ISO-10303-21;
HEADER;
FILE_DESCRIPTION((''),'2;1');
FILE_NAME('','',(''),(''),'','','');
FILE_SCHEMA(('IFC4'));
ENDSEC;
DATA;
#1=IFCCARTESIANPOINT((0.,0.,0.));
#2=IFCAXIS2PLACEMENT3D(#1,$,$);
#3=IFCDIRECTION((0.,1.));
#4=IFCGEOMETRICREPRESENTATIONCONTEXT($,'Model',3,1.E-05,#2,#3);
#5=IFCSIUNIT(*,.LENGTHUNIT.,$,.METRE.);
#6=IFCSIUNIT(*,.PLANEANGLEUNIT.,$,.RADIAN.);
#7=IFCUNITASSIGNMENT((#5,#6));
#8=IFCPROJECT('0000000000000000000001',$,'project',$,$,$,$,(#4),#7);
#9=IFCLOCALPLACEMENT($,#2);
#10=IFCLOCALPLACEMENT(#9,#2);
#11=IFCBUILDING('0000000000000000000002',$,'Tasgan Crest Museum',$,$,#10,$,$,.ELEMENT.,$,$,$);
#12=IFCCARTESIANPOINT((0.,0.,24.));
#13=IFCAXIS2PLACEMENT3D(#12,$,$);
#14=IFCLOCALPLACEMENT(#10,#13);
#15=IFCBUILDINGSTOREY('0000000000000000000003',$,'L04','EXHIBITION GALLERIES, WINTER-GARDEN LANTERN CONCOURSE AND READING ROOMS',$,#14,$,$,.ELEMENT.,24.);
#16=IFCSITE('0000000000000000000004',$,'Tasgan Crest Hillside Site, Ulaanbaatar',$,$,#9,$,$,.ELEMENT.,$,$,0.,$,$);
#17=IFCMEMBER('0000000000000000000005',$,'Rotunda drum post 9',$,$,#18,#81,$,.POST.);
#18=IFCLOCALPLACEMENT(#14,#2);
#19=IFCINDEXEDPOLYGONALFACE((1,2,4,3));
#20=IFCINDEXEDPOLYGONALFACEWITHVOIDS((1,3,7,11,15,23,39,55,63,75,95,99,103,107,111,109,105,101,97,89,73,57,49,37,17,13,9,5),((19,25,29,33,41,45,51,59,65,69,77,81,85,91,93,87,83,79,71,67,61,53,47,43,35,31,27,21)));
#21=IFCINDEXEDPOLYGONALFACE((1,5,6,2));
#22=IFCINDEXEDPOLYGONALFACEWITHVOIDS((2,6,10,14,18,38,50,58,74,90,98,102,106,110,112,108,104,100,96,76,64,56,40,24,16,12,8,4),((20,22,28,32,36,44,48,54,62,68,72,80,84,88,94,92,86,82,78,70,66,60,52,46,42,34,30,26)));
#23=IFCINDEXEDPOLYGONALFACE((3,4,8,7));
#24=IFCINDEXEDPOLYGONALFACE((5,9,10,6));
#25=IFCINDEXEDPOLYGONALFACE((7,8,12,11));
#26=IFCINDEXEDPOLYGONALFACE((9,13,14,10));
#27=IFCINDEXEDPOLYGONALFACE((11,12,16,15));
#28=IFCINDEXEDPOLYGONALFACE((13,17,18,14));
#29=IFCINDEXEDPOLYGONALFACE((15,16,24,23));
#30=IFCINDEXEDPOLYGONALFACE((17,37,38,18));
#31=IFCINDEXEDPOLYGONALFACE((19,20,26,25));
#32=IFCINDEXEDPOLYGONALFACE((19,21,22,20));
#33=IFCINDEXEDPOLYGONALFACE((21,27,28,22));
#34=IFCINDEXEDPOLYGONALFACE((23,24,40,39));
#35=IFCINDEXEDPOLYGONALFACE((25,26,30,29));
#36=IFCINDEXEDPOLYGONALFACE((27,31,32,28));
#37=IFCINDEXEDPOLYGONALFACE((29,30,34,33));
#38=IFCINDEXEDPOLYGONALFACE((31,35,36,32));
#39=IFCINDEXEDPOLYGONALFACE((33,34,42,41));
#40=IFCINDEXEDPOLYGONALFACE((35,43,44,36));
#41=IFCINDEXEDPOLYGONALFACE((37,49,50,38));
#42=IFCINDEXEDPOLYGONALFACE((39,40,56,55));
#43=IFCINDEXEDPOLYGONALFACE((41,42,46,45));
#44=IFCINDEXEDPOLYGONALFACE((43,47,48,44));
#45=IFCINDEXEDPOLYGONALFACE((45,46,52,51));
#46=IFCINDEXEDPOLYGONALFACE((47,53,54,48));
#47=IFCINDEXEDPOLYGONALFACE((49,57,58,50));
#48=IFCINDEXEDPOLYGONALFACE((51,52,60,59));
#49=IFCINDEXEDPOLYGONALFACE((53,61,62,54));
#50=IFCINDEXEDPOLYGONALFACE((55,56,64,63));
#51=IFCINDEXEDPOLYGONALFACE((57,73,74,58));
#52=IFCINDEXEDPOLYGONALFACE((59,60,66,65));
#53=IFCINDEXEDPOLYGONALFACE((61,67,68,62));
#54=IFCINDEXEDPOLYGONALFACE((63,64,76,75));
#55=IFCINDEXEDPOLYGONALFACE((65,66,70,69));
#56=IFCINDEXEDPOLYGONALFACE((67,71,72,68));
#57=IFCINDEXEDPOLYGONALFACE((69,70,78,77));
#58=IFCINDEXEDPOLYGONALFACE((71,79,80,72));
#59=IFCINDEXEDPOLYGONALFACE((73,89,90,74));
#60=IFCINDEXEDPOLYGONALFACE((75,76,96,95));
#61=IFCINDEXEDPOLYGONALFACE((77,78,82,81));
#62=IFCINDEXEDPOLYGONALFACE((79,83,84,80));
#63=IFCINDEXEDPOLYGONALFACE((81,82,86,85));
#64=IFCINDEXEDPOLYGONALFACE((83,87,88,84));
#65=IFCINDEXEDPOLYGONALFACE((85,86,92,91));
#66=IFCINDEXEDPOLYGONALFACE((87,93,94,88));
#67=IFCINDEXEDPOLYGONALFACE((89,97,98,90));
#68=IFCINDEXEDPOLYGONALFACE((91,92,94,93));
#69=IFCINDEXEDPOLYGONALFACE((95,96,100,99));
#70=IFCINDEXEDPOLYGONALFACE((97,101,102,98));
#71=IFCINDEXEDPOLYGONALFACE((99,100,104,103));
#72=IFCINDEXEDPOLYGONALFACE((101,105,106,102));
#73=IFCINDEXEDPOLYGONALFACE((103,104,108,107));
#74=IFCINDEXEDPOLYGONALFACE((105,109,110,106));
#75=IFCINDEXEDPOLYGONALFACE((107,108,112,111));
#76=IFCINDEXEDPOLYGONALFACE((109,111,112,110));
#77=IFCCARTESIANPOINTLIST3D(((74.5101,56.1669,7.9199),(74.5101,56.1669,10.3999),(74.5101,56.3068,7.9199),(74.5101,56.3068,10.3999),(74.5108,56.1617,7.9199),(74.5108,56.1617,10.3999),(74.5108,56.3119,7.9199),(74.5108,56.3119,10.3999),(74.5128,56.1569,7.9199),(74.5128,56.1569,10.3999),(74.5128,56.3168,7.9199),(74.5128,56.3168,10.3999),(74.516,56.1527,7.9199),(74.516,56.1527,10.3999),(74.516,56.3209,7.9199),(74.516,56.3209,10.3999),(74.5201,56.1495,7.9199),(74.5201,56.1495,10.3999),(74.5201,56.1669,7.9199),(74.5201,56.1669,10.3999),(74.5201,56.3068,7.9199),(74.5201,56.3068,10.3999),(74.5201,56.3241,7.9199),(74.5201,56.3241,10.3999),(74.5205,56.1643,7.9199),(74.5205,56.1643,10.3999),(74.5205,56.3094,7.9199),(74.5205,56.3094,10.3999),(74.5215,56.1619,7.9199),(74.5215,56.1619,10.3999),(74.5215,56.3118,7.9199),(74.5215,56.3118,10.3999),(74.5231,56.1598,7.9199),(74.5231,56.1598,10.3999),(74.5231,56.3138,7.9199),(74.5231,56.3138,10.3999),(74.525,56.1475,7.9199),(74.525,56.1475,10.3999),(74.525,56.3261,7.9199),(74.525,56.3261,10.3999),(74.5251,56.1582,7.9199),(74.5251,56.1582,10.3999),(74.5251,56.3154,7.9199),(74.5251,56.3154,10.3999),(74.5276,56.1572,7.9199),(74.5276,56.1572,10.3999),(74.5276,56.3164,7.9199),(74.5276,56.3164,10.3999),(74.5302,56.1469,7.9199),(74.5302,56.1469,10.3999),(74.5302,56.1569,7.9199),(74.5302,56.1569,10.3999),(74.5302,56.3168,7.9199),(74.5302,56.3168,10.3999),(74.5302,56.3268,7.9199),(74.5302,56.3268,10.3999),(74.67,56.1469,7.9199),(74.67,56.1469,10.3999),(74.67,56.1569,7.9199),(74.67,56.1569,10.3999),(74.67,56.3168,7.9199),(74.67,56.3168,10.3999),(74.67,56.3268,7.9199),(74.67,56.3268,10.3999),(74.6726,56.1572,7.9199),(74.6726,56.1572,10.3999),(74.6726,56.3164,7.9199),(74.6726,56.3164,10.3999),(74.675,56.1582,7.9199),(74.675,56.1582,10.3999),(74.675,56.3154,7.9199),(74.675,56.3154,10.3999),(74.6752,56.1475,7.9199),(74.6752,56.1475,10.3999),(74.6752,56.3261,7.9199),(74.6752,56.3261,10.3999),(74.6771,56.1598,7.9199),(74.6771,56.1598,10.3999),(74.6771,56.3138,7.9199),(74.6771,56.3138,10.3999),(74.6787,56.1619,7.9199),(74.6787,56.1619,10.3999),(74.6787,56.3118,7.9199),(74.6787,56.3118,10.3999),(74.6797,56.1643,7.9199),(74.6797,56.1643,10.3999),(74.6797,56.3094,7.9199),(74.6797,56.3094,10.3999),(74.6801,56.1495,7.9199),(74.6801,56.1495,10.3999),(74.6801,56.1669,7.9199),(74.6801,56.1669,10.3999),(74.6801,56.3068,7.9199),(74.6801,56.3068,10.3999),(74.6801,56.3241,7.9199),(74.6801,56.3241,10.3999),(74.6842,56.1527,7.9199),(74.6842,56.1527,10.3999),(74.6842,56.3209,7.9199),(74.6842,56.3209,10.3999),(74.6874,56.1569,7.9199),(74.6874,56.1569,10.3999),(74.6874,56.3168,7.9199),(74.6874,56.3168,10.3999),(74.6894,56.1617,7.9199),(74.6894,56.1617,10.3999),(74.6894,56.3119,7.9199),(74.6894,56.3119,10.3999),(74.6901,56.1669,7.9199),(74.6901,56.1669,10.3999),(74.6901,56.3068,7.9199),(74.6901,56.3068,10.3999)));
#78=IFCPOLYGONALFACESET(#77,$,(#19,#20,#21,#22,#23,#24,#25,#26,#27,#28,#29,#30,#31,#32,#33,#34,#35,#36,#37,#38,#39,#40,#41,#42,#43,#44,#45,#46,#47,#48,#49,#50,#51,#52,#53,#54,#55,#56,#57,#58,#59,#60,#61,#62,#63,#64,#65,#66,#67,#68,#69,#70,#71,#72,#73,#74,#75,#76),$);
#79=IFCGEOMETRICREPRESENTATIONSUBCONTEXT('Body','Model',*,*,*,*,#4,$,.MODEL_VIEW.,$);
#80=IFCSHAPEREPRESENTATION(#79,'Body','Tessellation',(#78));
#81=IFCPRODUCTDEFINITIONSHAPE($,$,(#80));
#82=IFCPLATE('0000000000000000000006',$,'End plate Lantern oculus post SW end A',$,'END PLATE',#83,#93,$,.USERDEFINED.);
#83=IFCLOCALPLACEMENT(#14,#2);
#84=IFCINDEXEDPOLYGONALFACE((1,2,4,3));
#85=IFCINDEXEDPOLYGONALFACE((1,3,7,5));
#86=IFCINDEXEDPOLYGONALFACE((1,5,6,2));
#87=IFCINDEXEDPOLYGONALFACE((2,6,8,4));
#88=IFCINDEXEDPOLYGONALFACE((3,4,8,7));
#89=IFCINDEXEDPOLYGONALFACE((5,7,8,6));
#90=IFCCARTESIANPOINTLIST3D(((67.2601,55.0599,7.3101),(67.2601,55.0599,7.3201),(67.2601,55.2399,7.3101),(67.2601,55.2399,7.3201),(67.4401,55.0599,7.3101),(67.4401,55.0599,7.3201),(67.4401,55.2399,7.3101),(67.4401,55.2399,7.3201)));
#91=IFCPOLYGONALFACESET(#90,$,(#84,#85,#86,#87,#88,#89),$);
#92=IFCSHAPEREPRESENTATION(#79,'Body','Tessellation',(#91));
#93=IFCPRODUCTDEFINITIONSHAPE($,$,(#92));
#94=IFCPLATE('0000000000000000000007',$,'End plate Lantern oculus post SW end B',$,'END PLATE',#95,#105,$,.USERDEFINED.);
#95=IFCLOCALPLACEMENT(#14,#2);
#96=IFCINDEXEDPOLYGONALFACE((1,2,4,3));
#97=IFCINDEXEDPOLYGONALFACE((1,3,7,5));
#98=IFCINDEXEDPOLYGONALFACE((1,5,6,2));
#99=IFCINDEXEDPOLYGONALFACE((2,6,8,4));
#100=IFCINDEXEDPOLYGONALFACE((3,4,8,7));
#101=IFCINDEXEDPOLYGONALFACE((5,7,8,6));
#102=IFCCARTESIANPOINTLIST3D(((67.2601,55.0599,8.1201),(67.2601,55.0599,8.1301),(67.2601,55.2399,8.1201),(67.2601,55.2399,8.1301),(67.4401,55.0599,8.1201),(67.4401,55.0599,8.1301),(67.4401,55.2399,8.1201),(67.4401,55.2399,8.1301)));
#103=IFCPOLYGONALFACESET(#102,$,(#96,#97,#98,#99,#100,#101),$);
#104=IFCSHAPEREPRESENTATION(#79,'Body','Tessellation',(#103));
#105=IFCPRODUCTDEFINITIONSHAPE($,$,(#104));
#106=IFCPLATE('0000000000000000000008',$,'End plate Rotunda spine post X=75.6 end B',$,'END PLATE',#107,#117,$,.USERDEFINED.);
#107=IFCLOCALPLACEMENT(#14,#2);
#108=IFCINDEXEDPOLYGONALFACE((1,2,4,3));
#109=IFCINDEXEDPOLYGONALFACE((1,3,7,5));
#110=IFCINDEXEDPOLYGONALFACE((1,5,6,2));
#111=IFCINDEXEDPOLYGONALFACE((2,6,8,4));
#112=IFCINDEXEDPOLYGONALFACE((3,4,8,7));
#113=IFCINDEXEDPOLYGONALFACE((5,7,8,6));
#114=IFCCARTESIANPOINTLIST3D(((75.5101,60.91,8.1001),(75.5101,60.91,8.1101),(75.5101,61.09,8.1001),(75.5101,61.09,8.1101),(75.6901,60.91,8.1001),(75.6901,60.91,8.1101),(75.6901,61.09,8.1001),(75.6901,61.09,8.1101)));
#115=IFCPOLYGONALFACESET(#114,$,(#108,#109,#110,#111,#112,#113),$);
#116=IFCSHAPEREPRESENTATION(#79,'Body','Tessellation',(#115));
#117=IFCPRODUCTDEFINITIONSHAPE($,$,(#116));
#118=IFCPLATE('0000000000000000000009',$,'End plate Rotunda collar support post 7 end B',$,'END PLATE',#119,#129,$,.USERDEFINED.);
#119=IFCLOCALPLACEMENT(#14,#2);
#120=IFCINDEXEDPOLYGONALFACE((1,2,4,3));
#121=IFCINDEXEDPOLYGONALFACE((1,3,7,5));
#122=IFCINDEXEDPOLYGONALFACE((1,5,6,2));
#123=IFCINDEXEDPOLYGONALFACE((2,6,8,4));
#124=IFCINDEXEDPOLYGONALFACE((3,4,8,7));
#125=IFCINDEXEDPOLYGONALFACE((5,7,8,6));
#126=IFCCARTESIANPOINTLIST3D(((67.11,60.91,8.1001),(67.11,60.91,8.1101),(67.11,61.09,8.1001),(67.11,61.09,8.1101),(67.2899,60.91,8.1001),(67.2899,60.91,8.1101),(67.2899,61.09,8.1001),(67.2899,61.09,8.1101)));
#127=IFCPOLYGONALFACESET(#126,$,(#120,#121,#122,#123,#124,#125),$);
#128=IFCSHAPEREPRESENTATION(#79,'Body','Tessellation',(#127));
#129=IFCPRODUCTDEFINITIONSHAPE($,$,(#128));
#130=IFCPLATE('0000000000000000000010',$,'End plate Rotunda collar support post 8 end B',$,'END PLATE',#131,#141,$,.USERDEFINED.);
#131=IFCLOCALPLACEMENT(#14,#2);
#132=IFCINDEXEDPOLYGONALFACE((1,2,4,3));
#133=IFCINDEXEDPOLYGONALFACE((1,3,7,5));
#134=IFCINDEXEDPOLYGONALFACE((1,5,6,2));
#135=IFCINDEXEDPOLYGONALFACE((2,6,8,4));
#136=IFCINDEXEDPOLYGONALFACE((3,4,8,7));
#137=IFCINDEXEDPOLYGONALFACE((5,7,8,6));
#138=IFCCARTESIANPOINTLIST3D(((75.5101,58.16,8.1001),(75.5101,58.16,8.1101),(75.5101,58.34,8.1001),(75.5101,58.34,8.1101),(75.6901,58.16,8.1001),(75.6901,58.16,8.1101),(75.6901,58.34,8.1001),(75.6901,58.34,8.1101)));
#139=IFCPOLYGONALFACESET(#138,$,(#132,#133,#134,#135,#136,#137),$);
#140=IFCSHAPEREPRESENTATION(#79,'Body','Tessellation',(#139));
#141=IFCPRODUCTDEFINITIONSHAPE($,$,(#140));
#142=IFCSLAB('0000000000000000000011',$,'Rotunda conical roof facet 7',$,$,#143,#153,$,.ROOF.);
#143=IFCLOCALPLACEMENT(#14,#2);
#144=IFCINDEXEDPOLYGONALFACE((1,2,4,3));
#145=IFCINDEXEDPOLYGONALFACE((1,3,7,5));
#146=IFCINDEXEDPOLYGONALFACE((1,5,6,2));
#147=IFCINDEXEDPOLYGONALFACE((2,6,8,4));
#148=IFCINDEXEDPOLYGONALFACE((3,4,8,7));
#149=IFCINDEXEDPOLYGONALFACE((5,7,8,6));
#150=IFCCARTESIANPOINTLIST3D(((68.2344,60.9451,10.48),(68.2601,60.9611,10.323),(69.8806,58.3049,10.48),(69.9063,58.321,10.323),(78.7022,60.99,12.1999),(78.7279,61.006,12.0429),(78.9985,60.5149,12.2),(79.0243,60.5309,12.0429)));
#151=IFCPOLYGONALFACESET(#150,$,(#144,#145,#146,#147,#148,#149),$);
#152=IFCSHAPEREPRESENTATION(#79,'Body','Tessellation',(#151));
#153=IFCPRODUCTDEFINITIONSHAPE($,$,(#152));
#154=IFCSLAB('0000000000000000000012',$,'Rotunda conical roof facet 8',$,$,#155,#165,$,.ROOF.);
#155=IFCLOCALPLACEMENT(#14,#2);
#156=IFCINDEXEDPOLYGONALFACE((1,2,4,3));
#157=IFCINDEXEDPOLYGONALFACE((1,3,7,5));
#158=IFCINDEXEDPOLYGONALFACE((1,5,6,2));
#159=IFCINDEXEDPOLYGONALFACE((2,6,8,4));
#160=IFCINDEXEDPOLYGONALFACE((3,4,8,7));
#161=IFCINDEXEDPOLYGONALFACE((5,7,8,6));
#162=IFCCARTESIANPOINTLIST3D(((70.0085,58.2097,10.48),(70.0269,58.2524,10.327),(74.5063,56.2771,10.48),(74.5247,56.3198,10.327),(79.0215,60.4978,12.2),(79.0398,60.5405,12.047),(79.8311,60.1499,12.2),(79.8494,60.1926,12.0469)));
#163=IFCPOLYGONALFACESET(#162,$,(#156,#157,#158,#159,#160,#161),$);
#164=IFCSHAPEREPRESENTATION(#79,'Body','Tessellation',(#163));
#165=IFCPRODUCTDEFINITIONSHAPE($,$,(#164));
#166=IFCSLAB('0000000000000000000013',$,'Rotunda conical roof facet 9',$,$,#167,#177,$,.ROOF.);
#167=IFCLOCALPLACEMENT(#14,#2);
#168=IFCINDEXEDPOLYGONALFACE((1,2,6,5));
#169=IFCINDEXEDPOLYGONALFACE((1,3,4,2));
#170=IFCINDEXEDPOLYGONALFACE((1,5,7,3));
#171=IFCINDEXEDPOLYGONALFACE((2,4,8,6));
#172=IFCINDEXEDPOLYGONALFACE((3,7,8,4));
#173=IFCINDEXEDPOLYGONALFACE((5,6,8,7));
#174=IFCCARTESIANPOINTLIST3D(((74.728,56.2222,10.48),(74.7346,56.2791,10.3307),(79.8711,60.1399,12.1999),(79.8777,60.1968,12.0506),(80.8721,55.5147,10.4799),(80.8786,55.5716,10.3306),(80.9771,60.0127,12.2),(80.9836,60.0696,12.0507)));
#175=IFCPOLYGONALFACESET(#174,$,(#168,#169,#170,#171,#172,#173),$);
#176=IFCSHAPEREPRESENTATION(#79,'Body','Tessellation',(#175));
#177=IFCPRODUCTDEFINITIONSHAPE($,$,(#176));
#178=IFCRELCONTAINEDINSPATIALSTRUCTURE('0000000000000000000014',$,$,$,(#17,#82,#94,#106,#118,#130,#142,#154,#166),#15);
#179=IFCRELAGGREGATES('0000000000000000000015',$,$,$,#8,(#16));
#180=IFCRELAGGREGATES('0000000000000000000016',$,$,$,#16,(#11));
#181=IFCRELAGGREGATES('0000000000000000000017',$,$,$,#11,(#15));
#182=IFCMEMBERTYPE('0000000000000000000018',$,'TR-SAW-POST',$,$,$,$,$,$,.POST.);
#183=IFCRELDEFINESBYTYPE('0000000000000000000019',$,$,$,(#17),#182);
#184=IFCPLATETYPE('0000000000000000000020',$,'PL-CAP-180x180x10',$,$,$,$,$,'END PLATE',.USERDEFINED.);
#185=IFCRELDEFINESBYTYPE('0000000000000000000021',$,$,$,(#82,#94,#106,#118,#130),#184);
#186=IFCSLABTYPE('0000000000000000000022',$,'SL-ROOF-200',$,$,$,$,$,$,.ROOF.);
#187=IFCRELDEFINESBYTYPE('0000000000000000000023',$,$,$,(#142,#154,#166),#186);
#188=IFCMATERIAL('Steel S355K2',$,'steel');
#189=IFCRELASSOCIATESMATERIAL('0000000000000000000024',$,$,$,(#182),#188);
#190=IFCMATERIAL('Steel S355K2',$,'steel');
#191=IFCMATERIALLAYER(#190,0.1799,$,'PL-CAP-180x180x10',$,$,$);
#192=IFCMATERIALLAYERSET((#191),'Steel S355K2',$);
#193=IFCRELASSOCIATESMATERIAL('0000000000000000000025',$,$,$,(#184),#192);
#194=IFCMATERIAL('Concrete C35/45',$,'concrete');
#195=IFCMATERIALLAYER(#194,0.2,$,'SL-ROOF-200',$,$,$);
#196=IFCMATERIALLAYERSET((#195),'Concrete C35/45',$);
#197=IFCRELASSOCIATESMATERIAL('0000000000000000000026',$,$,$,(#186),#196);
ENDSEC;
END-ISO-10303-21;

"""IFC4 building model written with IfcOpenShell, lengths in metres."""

from ifc_helpers import new_model, si_unit, direction, frame, origin, origin_2d, place, context, subcontext, project, spatial, polyline, rectangle, hollow_rectangle, outline, extrude, material, layer, layer_set, material_profile, profile_set, type_object, element, save


model = new_model("IFC4")

# Units and contexts
model_context = context("Model", 3, precision=1e-05, world=origin(), true_north=direction((0.0, 1.0)))
body_context = subcontext(model_context, "Body", "Model", "MODEL_VIEW")
ifc_project = project(units=[si_unit("LENGTHUNIT", "METRE"), si_unit("PLANEANGLEUNIT", "RADIAN")], contexts=[model_context])

# Site, building, storey
site_placement = place(None, origin())
site = spatial("IfcSite", under=ifc_project, at=site_placement, Name="Tasgan Crest Hillside Site, Ulaanbaatar", CompositionType="ELEMENT", RefElevation=0.0)
building_placement = place(site_placement, origin())
building = spatial("IfcBuilding", under=site, at=building_placement, Name="Tasgan Crest Museum", CompositionType="ELEMENT")
storey_placement = place(building_placement, frame((0.0, 0.0, 24.0)))
storey = spatial("IfcBuildingStorey", under=building, at=storey_placement, Name="L04", Description="EXHIBITION GALLERIES, WINTER-GARDEN LANTERN CONCOURSE AND READING ROOMS", CompositionType="ELEMENT", Elevation=24.0)

# Member
ifc_material_1 = material(Name="Steel S355K2", Category="steel")
ifc_material_profile_1 = material_profile(ifc_material_1, hollow_rectangle(XDim=0.1799, YDim=0.1799, WallThickness=0.01, InnerFilletRadius=0.01, OuterFilletRadius=0.02, at=origin_2d()), Name="SHS 180x180x10")
ifc_profile_set_1 = profile_set([ifc_material_profile_1], Name="Steel S355K2")
member_type_1 = type_object("IfcMemberType", Name="TR-SAW-POST", PredefinedType="POST", material=ifc_profile_set_1)
member_1_placement = place(storey_placement, frame((74.6001, 56.2368, 7.9199), z_axis=(0.0, 0.0, 1.0), x_axis=(1.0, 0.0, 0.0)))
element("IfcMember", 1, at=member_1_placement, inside=storey, type_object=member_type_1, Name="Rotunda drum post 9", PredefinedType="POST", context=body_context, shape_type="SweptSolid", body=[
    extrude(hollow_rectangle(XDim=0.1799, YDim=0.1799, WallThickness=0.01, InnerFilletRadius=0.01, OuterFilletRadius=0.02, at=origin_2d()), origin(), (0.0, 0.0, 1.0), 2.48),
])

# Plates
ifc_material_2 = material(Name="Steel S355K2", Category="steel")
ifc_layer_1 = layer(ifc_material_2, 0.1799, Name="PL-CAP-180x180x10")
ifc_layer_set_1 = layer_set([ifc_layer_1], Name="Steel S355K2")
plate_type = type_object("IfcPlateType", Name="PL-CAP-180x180x10", ElementType="END PLATE", PredefinedType="USERDEFINED", material=ifc_layer_set_1)
for number, where, z_axis, x_axis, name in (
    (2, (67.3501, 55.1499, 7.3101), (0.0, 0.0, 1.0), (1.0, 0.0, 0.0), "End plate Lantern oculus post SW end A"),
    (3, (67.3501, 55.1499, 8.1201), (0.0, 0.0, 1.0), (1.0, 0.0, 0.0), "End plate Lantern oculus post SW end B"),
    (4, (75.6001, 61.0, 8.1001), (0.0, 0.0, 1.0), (1.0, 0.0, 0.0), "End plate Rotunda spine post X=75.6 end B"),
    (5, (67.2, 61.0, 8.1001), (0.0, 0.0, 1.0), (1.0, 0.0, 0.0), "End plate Rotunda collar support post 7 end B"),
    (6, (75.6001, 58.25, 8.1001), (0.0, 0.0, 1.0), (1.0, 0.0, 0.0), "End plate Rotunda collar support post 8 end B"),
):
    element("IfcPlate", number, at=place(storey_placement, frame(where, z_axis=z_axis, x_axis=x_axis)), inside=storey, type_object=plate_type, Name=name, ObjectType="END PLATE", PredefinedType="USERDEFINED", context=body_context, shape_type="SweptSolid", body=[
        extrude(rectangle(XDim=0.1799, YDim=0.1799, at=origin_2d()), origin(), (0.0, 0.0, 1.0), 0.01),
    ])

# Slabs
ifc_material_3 = material(Name="Concrete C35/45", Category="concrete")
ifc_layer_2 = layer(ifc_material_3, 0.2, Name="SL-ROOF-200")
ifc_layer_set_2 = layer_set([ifc_layer_2], Name="Concrete C35/45")
slab_type = type_object("IfcSlabType", Name="SL-ROOF-200", PredefinedType="ROOF", material=ifc_layer_set_2)
slab_1_placement = place(storey_placement, frame((68.2344, 60.9451, 10.48), z_axis=(-0.160898, -0.100334, 0.981858), x_axis=(0.529111, -0.848553, -0.000006)))
element("IfcSlab", 7, at=slab_1_placement, inside=storey, type_object=slab_type, Name="Rotunda conical roof facet 7", PredefinedType="ROOF", context=body_context, shape_type="SweptSolid", body=[
    extrude(outline(polyline([(0.0, 0.0), (3.1113, 0.0), (6.0605, 9.0709), (5.5005, 9.0708), (0.0, 0.0)])), origin(), (0.0, 0.0, -1.0), 0.1599),
])
slab_2_placement = place(storey_placement, frame((70.0085, 58.2097, 10.48), z_axis=(-0.114778, -0.26712, 0.956803), x_axis=(0.918776, -0.39478, 0.000002)))
element("IfcSlab", 8, at=slab_2_placement, inside=storey, type_object=slab_type, Name="Rotunda conical roof facet 8", PredefinedType="ROOF", context=body_context, shape_type="SweptSolid", body=[
    extrude(outline(polyline([(0.0, 0.0), (4.8954, 0.0), (8.2587, 5.9159), (7.3776, 5.9159), (0.0, 0.0)])), origin(), (0.0, 0.0, -1.0), 0.1599),
])
slab_3_placement = place(storey_placement, frame((74.728, 56.2222, 10.48), z_axis=(-0.040992, -0.356035, 0.933573), x_axis=(0.993435, -0.114397, -0.000007)))
element("IfcSlab", 9, at=slab_3_placement, inside=storey, type_object=slab_type, Name="Rotunda conical roof facet 9", PredefinedType="ROOF", context=body_context, shape_type="SweptSolid", body=[
    extrude(outline(polyline([(0.0, 0.0), (6.1846, 0.0), (5.7744, 4.7993), (4.6611, 4.7992), (0.0, 0.0)])), origin(), (0.0, 0.0, -1.0), 0.1599),
])

save(model, "model.ifc")
